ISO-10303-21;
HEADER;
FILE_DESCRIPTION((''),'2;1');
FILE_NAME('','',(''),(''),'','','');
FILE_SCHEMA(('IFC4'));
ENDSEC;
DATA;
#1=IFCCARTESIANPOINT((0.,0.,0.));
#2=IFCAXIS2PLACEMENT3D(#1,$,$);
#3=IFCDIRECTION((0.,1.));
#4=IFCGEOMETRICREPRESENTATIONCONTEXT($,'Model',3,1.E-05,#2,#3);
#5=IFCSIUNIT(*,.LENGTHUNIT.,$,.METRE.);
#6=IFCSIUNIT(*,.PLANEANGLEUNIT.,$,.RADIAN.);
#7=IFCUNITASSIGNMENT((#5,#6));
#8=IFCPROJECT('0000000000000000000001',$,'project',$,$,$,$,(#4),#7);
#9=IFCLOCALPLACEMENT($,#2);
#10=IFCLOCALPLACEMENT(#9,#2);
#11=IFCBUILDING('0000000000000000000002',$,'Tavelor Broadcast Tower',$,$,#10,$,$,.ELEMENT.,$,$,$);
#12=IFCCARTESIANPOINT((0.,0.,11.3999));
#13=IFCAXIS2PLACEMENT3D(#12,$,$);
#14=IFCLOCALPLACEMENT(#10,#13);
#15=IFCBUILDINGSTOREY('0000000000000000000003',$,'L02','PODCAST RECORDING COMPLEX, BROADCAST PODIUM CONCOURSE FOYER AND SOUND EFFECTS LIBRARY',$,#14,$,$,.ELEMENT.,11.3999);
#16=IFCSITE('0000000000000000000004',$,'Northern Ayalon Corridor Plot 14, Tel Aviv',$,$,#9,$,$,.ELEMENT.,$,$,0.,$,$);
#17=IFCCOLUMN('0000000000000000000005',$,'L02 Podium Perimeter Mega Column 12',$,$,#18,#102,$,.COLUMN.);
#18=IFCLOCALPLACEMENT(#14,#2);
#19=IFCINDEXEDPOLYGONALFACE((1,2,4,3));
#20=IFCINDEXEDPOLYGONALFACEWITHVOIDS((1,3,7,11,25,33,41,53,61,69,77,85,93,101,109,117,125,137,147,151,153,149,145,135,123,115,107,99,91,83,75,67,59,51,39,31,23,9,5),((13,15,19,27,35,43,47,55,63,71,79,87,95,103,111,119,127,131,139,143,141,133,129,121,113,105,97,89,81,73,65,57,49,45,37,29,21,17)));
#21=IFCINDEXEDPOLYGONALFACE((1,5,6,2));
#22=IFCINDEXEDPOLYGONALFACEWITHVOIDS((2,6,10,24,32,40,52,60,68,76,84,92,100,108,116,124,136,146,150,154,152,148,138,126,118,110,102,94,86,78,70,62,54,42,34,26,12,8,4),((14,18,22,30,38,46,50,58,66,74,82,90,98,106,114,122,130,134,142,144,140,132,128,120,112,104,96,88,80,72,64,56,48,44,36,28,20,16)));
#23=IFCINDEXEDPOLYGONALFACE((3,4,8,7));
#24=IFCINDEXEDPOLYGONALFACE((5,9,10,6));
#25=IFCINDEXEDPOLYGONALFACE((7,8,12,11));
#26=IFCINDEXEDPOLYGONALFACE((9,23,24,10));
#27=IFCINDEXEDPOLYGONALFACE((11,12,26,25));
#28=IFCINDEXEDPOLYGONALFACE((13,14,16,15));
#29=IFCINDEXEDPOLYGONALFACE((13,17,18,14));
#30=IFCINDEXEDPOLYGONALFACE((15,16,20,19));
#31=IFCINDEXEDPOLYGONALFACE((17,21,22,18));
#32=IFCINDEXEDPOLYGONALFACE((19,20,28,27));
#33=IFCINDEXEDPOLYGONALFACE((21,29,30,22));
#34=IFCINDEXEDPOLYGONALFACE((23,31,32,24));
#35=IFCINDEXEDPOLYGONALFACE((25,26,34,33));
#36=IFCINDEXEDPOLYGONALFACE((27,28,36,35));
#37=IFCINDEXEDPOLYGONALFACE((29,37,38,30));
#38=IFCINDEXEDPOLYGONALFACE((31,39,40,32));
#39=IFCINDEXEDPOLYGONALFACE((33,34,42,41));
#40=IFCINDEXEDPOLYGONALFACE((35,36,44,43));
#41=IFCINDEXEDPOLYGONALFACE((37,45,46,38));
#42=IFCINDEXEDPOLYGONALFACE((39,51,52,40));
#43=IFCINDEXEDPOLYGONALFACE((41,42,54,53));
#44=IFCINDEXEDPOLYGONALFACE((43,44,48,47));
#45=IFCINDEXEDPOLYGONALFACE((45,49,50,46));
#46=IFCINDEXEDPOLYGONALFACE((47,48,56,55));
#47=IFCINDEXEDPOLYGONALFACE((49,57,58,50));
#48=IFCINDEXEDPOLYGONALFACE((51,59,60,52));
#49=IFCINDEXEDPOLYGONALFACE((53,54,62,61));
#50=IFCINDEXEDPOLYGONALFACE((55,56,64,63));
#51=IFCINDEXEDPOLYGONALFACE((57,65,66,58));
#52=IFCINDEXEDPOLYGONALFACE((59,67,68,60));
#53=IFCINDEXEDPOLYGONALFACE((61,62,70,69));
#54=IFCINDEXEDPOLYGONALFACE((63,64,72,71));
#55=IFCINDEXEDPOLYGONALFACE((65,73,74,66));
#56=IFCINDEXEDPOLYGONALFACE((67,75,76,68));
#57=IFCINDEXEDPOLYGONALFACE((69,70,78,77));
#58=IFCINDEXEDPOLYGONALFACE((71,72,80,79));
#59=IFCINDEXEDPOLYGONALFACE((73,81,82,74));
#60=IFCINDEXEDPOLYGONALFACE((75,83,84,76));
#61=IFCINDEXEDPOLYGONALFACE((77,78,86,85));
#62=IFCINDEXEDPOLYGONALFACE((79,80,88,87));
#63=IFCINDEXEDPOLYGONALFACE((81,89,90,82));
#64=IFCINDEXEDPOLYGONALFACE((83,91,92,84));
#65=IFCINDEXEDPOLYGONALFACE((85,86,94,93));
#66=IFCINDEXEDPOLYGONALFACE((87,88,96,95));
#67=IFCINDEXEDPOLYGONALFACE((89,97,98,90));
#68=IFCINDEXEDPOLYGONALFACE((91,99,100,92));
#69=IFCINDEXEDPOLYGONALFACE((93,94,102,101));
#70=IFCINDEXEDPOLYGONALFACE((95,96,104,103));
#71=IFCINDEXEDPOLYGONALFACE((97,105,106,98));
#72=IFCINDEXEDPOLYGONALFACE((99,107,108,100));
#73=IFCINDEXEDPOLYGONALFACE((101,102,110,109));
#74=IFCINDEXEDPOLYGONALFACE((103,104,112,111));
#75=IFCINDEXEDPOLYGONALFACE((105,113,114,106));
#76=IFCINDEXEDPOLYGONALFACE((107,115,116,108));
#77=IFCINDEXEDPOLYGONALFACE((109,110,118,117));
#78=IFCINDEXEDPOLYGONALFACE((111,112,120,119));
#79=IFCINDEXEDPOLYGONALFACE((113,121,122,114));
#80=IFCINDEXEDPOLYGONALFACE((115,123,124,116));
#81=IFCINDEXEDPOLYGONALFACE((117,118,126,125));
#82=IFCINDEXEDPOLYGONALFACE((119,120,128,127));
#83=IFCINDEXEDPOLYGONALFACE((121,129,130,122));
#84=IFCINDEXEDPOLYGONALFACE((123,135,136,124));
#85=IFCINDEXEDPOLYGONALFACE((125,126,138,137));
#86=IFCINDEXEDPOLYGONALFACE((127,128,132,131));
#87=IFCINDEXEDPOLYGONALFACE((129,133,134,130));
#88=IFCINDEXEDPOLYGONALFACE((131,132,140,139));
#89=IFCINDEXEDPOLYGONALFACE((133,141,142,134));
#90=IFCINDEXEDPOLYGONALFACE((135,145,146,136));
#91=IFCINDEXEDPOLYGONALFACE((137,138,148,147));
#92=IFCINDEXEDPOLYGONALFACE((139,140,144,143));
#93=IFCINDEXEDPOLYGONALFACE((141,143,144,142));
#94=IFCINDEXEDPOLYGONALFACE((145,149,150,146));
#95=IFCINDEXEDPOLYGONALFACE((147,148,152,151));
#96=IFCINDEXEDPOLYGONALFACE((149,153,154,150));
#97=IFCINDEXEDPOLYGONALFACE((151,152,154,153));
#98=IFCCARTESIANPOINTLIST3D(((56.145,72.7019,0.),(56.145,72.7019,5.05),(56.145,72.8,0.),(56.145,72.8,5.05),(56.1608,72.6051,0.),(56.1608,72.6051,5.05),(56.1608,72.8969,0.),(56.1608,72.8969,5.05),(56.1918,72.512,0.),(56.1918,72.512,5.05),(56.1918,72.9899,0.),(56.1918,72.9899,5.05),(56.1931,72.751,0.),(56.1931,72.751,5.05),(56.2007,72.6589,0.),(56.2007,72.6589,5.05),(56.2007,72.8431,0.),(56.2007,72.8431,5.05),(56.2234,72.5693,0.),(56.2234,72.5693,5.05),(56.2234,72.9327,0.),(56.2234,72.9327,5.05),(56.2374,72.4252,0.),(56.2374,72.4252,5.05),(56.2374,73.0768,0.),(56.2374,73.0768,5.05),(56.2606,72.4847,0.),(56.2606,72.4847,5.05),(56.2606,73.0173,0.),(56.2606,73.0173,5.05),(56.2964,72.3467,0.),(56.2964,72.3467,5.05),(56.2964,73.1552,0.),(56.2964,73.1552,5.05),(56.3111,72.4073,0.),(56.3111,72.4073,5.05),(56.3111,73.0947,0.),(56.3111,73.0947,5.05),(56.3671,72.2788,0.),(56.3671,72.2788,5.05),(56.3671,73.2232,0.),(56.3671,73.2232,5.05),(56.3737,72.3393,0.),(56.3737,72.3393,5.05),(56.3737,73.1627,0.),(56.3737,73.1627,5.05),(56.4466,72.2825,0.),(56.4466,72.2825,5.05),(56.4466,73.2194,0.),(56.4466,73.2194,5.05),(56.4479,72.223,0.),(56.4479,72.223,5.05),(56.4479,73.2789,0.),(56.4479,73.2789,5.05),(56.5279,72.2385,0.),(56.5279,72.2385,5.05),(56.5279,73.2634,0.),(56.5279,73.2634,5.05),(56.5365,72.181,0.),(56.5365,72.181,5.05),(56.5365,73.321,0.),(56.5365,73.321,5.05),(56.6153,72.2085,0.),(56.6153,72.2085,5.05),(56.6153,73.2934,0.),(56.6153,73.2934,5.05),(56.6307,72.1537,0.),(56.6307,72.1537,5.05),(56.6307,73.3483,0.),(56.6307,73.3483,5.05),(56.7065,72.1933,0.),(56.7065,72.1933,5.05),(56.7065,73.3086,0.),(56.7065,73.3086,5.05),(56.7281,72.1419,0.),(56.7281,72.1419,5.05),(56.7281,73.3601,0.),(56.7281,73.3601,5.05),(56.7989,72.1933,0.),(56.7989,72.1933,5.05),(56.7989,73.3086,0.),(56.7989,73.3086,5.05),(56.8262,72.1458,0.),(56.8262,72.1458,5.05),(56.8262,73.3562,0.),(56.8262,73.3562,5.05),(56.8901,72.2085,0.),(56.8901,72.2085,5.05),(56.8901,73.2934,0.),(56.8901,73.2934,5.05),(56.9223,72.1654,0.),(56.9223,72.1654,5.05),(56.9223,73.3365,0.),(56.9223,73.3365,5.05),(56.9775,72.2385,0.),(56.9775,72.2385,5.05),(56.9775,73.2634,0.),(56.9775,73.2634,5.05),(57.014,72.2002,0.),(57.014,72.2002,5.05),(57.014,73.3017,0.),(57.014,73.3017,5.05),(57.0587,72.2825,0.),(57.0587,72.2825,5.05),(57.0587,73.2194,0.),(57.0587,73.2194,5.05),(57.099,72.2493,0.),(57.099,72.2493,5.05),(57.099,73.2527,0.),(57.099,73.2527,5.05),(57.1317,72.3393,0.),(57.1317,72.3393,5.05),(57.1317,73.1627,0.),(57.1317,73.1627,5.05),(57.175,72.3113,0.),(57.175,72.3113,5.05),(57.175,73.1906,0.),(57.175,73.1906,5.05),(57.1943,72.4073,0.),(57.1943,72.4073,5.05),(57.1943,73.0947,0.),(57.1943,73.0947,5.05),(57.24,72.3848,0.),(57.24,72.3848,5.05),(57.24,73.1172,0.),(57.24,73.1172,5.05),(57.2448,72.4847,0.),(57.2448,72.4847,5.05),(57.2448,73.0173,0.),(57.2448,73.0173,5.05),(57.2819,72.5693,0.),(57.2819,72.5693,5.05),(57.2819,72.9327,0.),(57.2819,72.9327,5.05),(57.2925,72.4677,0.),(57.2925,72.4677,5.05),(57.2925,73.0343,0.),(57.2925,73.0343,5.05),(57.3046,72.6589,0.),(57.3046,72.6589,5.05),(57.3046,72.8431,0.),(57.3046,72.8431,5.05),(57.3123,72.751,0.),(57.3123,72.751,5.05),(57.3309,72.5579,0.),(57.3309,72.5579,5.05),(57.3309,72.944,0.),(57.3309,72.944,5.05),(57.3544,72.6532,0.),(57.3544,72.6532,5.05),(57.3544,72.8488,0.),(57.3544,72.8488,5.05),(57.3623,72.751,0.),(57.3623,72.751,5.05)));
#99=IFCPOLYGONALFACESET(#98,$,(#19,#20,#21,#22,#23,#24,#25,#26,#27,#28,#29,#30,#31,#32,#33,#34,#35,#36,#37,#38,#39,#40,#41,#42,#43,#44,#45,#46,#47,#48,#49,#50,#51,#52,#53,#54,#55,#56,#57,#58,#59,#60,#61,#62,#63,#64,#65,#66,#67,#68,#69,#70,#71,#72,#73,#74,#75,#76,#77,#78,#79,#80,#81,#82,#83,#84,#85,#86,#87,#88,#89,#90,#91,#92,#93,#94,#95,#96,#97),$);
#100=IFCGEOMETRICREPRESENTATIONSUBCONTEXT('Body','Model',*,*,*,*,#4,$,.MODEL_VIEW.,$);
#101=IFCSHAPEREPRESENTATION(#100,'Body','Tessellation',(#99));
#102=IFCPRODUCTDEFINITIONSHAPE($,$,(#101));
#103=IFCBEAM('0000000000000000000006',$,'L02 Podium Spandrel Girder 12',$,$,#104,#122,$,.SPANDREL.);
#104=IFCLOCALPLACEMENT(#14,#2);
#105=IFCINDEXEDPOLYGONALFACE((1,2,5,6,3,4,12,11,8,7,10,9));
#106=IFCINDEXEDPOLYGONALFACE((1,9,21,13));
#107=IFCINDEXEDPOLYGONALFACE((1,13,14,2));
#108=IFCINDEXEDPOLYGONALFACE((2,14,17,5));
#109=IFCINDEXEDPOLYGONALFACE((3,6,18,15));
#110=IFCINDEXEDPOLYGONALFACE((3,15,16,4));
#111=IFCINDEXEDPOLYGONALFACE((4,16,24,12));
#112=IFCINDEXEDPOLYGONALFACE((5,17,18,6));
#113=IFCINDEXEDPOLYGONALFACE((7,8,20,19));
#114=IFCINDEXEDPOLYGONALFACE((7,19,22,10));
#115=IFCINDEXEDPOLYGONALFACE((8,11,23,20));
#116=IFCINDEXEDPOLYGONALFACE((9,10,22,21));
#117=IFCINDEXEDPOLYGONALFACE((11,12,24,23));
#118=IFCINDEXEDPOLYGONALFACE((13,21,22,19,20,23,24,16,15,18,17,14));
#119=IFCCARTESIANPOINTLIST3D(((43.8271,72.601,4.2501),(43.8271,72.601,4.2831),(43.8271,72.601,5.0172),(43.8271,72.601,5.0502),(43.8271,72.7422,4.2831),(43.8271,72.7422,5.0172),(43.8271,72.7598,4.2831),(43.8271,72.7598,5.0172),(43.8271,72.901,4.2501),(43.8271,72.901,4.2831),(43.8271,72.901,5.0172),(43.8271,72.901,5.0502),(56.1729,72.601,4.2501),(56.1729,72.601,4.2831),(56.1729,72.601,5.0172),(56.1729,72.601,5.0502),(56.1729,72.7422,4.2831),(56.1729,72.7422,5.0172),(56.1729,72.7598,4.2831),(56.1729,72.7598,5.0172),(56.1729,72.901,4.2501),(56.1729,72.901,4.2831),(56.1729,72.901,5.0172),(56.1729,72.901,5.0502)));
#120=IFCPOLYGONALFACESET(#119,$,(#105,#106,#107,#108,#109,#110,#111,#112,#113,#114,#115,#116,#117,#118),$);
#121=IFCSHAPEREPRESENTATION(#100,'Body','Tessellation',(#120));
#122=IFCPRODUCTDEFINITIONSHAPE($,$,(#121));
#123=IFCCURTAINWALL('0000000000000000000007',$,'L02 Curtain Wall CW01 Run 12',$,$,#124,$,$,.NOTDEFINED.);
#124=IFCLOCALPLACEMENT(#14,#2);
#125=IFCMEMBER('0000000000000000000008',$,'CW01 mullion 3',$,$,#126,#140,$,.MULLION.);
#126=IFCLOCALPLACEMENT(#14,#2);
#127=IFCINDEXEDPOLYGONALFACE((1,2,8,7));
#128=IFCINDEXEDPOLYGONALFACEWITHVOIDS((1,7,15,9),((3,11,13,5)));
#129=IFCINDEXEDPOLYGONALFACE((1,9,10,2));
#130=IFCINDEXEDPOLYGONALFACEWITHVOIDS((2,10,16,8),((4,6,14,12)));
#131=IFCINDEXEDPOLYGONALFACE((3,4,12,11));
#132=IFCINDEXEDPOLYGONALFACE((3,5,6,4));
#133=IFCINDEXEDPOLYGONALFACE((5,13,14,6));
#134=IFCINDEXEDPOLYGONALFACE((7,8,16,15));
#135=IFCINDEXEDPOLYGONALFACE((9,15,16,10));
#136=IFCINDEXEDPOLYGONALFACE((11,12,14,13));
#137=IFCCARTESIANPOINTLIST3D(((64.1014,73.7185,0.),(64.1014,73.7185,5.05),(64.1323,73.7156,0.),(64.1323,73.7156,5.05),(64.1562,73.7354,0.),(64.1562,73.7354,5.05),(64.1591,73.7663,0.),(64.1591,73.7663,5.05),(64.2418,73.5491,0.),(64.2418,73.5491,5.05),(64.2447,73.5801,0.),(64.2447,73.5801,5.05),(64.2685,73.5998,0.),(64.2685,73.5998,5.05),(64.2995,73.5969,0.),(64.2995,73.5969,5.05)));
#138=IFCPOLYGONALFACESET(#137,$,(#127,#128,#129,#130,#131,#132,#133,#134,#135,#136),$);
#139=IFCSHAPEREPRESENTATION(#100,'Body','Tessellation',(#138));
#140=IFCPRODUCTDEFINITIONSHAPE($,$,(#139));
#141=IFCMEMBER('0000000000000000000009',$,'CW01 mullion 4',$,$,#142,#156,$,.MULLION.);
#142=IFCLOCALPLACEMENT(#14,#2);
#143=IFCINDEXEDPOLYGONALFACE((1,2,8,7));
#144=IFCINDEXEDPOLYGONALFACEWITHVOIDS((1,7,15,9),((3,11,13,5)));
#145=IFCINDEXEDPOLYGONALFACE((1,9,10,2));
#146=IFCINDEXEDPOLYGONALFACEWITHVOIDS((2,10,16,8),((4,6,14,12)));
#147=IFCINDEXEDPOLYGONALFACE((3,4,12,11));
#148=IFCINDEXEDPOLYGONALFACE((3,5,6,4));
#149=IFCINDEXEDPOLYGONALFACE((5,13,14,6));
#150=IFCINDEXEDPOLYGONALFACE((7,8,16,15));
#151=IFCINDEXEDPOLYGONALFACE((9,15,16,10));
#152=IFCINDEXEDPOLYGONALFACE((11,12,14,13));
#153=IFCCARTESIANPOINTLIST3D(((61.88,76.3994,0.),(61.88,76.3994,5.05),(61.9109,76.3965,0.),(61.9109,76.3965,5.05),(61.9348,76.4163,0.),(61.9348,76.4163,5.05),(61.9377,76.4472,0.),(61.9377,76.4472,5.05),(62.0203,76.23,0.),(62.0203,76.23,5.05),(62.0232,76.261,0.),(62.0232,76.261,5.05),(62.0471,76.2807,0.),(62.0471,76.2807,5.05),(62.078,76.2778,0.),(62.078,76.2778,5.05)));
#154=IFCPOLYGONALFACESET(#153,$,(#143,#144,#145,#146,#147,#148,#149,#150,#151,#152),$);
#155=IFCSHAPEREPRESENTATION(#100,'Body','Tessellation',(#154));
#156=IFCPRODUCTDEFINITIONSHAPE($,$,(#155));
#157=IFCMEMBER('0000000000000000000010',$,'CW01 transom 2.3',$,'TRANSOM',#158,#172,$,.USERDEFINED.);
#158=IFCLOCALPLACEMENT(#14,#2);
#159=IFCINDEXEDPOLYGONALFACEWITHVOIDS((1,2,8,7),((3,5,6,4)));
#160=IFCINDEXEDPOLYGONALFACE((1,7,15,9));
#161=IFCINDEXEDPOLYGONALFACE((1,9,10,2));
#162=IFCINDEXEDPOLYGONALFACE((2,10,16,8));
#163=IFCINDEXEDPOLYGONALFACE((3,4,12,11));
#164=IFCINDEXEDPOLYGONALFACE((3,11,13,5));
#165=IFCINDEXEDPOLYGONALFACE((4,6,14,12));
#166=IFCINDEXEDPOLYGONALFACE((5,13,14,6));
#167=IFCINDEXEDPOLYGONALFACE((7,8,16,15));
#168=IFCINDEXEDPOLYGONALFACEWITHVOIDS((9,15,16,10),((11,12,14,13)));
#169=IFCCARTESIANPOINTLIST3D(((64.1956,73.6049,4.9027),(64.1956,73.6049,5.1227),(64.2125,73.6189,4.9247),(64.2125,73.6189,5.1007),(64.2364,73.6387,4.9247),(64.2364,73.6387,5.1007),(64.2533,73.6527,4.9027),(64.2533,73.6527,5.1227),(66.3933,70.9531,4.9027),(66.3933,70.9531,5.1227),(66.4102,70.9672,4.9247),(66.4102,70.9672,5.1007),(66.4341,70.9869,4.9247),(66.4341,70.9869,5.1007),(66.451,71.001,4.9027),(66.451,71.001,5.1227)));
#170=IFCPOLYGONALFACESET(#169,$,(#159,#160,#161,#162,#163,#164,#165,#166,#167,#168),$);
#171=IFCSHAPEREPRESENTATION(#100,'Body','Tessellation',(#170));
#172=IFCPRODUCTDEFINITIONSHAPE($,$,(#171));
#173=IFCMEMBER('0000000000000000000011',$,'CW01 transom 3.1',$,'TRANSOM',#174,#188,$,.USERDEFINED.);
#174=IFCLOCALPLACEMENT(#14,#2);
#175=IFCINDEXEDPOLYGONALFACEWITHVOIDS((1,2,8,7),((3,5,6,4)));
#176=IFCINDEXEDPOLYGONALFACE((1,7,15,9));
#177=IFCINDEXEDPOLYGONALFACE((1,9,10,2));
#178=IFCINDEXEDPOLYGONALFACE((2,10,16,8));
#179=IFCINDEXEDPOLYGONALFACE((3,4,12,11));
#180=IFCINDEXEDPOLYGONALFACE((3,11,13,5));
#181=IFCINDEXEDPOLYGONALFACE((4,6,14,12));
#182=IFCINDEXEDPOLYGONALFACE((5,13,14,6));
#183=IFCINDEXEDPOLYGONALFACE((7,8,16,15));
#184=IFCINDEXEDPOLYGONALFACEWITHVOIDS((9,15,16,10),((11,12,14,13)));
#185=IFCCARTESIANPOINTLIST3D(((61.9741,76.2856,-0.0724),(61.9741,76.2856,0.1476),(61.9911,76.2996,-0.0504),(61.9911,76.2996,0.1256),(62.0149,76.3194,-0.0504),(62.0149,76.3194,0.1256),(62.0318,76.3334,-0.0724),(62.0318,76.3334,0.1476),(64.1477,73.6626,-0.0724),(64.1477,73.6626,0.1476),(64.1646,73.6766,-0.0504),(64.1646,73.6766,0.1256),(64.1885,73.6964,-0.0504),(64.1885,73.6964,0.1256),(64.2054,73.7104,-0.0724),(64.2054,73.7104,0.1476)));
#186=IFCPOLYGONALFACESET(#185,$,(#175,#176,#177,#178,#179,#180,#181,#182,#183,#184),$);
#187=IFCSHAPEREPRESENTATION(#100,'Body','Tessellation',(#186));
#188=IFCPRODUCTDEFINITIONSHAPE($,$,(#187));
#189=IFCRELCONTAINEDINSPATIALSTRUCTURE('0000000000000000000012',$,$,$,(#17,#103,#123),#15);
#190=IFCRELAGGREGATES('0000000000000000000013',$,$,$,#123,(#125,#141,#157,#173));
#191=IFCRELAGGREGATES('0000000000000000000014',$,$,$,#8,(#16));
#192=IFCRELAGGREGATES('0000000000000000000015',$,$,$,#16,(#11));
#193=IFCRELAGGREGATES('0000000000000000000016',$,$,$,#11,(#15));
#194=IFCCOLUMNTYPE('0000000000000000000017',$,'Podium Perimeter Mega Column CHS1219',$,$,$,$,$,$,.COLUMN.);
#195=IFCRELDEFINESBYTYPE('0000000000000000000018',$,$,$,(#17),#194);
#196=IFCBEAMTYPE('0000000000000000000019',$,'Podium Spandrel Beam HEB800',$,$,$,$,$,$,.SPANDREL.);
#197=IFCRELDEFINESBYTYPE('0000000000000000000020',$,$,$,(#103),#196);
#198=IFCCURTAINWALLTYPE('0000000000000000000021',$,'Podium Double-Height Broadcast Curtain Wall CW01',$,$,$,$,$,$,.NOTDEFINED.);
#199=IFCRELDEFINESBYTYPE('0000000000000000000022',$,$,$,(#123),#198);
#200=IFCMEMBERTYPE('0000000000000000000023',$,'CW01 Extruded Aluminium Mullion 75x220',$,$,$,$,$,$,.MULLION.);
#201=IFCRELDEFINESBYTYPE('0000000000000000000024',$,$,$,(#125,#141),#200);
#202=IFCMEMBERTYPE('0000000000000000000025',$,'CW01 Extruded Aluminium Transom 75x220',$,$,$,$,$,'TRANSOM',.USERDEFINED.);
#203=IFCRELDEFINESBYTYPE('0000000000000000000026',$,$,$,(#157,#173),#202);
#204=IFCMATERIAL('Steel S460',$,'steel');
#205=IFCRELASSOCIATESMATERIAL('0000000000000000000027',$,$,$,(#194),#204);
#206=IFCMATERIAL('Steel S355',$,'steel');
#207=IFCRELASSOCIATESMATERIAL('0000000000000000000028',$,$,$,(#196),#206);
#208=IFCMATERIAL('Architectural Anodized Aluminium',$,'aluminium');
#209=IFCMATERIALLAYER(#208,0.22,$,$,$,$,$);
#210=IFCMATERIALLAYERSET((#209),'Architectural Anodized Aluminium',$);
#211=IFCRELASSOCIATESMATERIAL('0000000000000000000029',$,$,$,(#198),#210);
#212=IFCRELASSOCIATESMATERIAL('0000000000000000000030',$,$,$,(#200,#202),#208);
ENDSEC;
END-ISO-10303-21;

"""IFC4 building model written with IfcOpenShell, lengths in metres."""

from ifc_helpers import new_model, si_unit, direction, frame, origin, origin_2d, place, context, subcontext, project, spatial, hollow_rectangle, hollow_circle, i_section, extrude, source, transform, mapped, material, layer, layer_set, material_profile, profile_set, type_object, type_shapes, element, aggregate, save


model = new_model("IFC4")

# Units and contexts
model_context = context("Model", 3, precision=1e-05, world=origin(), true_north=direction((0.0, 1.0)))
body_context = subcontext(model_context, "Body", "Model", "MODEL_VIEW")
ifc_project = project(units=[si_unit("LENGTHUNIT", "METRE"), si_unit("PLANEANGLEUNIT", "RADIAN")], contexts=[model_context])

# Site, building, storey
site_placement = place(None, origin())
site = spatial("IfcSite", under=ifc_project, at=site_placement, Name="Northern Ayalon Corridor Plot 14, Tel Aviv", CompositionType="ELEMENT", RefElevation=0.0)
building_placement = place(site_placement, origin())
building = spatial("IfcBuilding", under=site, at=building_placement, Name="Tavelor Broadcast Tower", CompositionType="ELEMENT")
storey_placement = place(building_placement, frame((0.0, 0.0, 11.3999)))
storey = spatial("IfcBuildingStorey", under=building, at=storey_placement, Name="L02", Description="PODCAST RECORDING COMPLEX, BROADCAST PODIUM CONCOURSE FOYER AND SOUND EFFECTS LIBRARY", CompositionType="ELEMENT", Elevation=11.3999)

# Column
ifc_material_1 = material(Name="Steel S460", Category="steel")
ifc_material_profile_1 = material_profile(ifc_material_1, hollow_circle(Radius=0.6096, WallThickness=0.05, at=origin_2d()), Name="CHS 1219x50")
ifc_profile_set_1 = profile_set([ifc_material_profile_1], Name="Steel S460")
column_type = type_object("IfcColumnType", Name="Podium Perimeter Mega Column CHS1219", PredefinedType="COLUMN", material=ifc_profile_set_1)
column_placement = place(storey_placement, frame((56.7527, 72.751, 0.0), z_axis=(0.0, 0.0, 1.0), x_axis=(1.0, 0.0, 0.0)))
element("IfcColumn", 1, at=column_placement, inside=storey, type_object=column_type, Name="L02 Podium Perimeter Mega Column 12", PredefinedType="COLUMN", context=body_context, shape_type="SweptSolid", body=[
    extrude(hollow_circle(Radius=0.6096, WallThickness=0.05, at=origin_2d()), origin(), (0.0, 0.0, 1.0), 5.05),
])

# Beam
ifc_material_2 = material(Name="Steel S355", Category="steel")
ifc_material_profile_2 = material_profile(ifc_material_2, i_section(OverallWidth=0.3, OverallDepth=0.8, WebThickness=0.0176, FlangeThickness=0.033, at=origin_2d()), Name="HEB 800")
ifc_profile_set_2 = profile_set([ifc_material_profile_2], Name="Steel S355")
beam_type = type_object("IfcBeamType", Name="Podium Spandrel Beam HEB800", PredefinedType="SPANDREL", material=ifc_profile_set_2)
beam_placement = place(storey_placement, frame((56.1729, 72.751, 4.6501), z_axis=(-1.0, 0.0, 0.0), x_axis=(0.0, -1.0, 0.0)))
element("IfcBeam", 2, at=beam_placement, inside=storey, type_object=beam_type, Name="L02 Podium Spandrel Girder 12", PredefinedType="SPANDREL", context=body_context, shape_type="SweptSolid", body=[
    extrude(i_section(OverallWidth=0.3, OverallDepth=0.8, WebThickness=0.0176, FlangeThickness=0.033, at=origin_2d()), origin(), (0.0, 0.0, 1.0), 12.3457),
])

# Curtain wall, members
ifc_material_3 = material(Name="Architectural Anodized Aluminium", Category="aluminium")
ifc_layer_1 = layer(ifc_material_3, 0.22)
ifc_layer_set_1 = layer_set([ifc_layer_1], Name="Architectural Anodized Aluminium")
curtain_wall_type = type_object("IfcCurtainWallType", Name="Podium Double-Height Broadcast Curtain Wall CW01", PredefinedType="NOTDEFINED", material=ifc_layer_set_1)
curtain_wall_placement = place(storey_placement, origin())
curtain_wall = element("IfcCurtainWall", 3, at=curtain_wall_placement, inside=storey, type_object=curtain_wall_type, Name="L02 Curtain Wall CW01 Run 12", PredefinedType="NOTDEFINED")
ifc_material_profile_3 = material_profile(ifc_material_3, hollow_rectangle(XDim=0.075, YDim=0.22, WallThickness=0.022, at=origin_2d()), Name="RHS 75x220x22")
ifc_profile_set_3 = profile_set([ifc_material_profile_3], Name="Architectural Anodized Aluminium")
member_type_1 = type_object("IfcMemberType", Name="CW01 Extruded Aluminium Mullion 75x220", PredefinedType="MULLION", material=ifc_profile_set_3)
shared_shape_1 = source(origin(), body_context, "Body", "SweptSolid", [
    extrude(hollow_rectangle(XDim=0.075, YDim=0.22, WallThickness=0.022, at=origin_2d()), origin(), (0.0, 0.0, 1.0), 5.05),
])
type_shapes(member_type_1, [shared_shape_1])
member_1_placement = place(storey_placement, frame((64.2004, 73.6577, 0.0), z_axis=(0.0, 0.0, 1.0), x_axis=(-0.769982, -0.638065, 0.0)))
member_1 = element("IfcMember", 4, at=member_1_placement, type_object=member_type_1, Name="CW01 mullion 3", PredefinedType="MULLION", context=body_context, shape_type="MappedRepresentation", body=[
    mapped(shared_shape_1, transform((0.0, 0.0, 0.0), scale=1.0)),
])
member_2_placement = place(storey_placement, frame((61.979, 76.3386, 0.0), z_axis=(0.0, 0.0, 1.0), x_axis=(-0.769982, -0.638065, 0.0)))
member_2 = element("IfcMember", 5, at=member_2_placement, type_object=member_type_1, Name="CW01 mullion 4", PredefinedType="MULLION", context=body_context, shape_type="MappedRepresentation", body=[
    mapped(shared_shape_1, transform((0.0, 0.0, 0.0), scale=1.0)),
])
ifc_material_profile_4 = material_profile(ifc_material_3, hollow_rectangle(XDim=0.075, YDim=0.22, WallThickness=0.022, at=origin_2d()), Name="RHS 75x220x22")
ifc_profile_set_4 = profile_set([ifc_material_profile_4], Name="Architectural Anodized Aluminium")
member_type_2 = type_object("IfcMemberType", Name="CW01 Extruded Aluminium Transom 75x220", ElementType="TRANSOM", PredefinedType="USERDEFINED", material=ifc_profile_set_4)
shared_shape_2 = source(origin(), body_context, "Body", "SweptSolid", [
    extrude(hollow_rectangle(XDim=0.075, YDim=0.22, WallThickness=0.022, at=origin_2d()), origin(), (0.0, 0.0, 1.0), 3.4441),
])
member_3_placement = place(storey_placement, frame((66.4221, 70.9771, 5.0127), z_axis=(-0.638104, 0.76995, 0.0), x_axis=(-0.76995, -0.638104, 0.0)))
member_3 = element("IfcMember", 6, at=member_3_placement, type_object=member_type_2, Name="CW01 transom 2.3", ObjectType="TRANSOM", PredefinedType="USERDEFINED", context=body_context, shape_type="MappedRepresentation", body=[
    mapped(shared_shape_2, transform((0.0, 0.0, 0.0), scale=1.0)),
])
shared_shape_3 = source(origin(), body_context, "Body", "SweptSolid", [
    extrude(hollow_rectangle(XDim=0.075, YDim=0.22, WallThickness=0.022, at=origin_2d()), origin(), (0.0, 0.0, 1.0), 3.4065),
])
type_shapes(member_type_2, [shared_shape_2, shared_shape_3])
member_4_placement = place(storey_placement, frame((64.1765, 73.6865, 0.0376), z_axis=(-0.638053, 0.769992, 0.0), x_axis=(-0.769992, -0.638053, 0.0)))
member_4 = element("IfcMember", 7, at=member_4_placement, type_object=member_type_2, Name="CW01 transom 3.1", ObjectType="TRANSOM", PredefinedType="USERDEFINED", context=body_context, shape_type="MappedRepresentation", body=[
    mapped(shared_shape_3, transform((0.0, 0.0, 0.0), scale=1.0)),
])

aggregate(curtain_wall, [member_1, member_2, member_3, member_4])

save(model, "model.ifc")
